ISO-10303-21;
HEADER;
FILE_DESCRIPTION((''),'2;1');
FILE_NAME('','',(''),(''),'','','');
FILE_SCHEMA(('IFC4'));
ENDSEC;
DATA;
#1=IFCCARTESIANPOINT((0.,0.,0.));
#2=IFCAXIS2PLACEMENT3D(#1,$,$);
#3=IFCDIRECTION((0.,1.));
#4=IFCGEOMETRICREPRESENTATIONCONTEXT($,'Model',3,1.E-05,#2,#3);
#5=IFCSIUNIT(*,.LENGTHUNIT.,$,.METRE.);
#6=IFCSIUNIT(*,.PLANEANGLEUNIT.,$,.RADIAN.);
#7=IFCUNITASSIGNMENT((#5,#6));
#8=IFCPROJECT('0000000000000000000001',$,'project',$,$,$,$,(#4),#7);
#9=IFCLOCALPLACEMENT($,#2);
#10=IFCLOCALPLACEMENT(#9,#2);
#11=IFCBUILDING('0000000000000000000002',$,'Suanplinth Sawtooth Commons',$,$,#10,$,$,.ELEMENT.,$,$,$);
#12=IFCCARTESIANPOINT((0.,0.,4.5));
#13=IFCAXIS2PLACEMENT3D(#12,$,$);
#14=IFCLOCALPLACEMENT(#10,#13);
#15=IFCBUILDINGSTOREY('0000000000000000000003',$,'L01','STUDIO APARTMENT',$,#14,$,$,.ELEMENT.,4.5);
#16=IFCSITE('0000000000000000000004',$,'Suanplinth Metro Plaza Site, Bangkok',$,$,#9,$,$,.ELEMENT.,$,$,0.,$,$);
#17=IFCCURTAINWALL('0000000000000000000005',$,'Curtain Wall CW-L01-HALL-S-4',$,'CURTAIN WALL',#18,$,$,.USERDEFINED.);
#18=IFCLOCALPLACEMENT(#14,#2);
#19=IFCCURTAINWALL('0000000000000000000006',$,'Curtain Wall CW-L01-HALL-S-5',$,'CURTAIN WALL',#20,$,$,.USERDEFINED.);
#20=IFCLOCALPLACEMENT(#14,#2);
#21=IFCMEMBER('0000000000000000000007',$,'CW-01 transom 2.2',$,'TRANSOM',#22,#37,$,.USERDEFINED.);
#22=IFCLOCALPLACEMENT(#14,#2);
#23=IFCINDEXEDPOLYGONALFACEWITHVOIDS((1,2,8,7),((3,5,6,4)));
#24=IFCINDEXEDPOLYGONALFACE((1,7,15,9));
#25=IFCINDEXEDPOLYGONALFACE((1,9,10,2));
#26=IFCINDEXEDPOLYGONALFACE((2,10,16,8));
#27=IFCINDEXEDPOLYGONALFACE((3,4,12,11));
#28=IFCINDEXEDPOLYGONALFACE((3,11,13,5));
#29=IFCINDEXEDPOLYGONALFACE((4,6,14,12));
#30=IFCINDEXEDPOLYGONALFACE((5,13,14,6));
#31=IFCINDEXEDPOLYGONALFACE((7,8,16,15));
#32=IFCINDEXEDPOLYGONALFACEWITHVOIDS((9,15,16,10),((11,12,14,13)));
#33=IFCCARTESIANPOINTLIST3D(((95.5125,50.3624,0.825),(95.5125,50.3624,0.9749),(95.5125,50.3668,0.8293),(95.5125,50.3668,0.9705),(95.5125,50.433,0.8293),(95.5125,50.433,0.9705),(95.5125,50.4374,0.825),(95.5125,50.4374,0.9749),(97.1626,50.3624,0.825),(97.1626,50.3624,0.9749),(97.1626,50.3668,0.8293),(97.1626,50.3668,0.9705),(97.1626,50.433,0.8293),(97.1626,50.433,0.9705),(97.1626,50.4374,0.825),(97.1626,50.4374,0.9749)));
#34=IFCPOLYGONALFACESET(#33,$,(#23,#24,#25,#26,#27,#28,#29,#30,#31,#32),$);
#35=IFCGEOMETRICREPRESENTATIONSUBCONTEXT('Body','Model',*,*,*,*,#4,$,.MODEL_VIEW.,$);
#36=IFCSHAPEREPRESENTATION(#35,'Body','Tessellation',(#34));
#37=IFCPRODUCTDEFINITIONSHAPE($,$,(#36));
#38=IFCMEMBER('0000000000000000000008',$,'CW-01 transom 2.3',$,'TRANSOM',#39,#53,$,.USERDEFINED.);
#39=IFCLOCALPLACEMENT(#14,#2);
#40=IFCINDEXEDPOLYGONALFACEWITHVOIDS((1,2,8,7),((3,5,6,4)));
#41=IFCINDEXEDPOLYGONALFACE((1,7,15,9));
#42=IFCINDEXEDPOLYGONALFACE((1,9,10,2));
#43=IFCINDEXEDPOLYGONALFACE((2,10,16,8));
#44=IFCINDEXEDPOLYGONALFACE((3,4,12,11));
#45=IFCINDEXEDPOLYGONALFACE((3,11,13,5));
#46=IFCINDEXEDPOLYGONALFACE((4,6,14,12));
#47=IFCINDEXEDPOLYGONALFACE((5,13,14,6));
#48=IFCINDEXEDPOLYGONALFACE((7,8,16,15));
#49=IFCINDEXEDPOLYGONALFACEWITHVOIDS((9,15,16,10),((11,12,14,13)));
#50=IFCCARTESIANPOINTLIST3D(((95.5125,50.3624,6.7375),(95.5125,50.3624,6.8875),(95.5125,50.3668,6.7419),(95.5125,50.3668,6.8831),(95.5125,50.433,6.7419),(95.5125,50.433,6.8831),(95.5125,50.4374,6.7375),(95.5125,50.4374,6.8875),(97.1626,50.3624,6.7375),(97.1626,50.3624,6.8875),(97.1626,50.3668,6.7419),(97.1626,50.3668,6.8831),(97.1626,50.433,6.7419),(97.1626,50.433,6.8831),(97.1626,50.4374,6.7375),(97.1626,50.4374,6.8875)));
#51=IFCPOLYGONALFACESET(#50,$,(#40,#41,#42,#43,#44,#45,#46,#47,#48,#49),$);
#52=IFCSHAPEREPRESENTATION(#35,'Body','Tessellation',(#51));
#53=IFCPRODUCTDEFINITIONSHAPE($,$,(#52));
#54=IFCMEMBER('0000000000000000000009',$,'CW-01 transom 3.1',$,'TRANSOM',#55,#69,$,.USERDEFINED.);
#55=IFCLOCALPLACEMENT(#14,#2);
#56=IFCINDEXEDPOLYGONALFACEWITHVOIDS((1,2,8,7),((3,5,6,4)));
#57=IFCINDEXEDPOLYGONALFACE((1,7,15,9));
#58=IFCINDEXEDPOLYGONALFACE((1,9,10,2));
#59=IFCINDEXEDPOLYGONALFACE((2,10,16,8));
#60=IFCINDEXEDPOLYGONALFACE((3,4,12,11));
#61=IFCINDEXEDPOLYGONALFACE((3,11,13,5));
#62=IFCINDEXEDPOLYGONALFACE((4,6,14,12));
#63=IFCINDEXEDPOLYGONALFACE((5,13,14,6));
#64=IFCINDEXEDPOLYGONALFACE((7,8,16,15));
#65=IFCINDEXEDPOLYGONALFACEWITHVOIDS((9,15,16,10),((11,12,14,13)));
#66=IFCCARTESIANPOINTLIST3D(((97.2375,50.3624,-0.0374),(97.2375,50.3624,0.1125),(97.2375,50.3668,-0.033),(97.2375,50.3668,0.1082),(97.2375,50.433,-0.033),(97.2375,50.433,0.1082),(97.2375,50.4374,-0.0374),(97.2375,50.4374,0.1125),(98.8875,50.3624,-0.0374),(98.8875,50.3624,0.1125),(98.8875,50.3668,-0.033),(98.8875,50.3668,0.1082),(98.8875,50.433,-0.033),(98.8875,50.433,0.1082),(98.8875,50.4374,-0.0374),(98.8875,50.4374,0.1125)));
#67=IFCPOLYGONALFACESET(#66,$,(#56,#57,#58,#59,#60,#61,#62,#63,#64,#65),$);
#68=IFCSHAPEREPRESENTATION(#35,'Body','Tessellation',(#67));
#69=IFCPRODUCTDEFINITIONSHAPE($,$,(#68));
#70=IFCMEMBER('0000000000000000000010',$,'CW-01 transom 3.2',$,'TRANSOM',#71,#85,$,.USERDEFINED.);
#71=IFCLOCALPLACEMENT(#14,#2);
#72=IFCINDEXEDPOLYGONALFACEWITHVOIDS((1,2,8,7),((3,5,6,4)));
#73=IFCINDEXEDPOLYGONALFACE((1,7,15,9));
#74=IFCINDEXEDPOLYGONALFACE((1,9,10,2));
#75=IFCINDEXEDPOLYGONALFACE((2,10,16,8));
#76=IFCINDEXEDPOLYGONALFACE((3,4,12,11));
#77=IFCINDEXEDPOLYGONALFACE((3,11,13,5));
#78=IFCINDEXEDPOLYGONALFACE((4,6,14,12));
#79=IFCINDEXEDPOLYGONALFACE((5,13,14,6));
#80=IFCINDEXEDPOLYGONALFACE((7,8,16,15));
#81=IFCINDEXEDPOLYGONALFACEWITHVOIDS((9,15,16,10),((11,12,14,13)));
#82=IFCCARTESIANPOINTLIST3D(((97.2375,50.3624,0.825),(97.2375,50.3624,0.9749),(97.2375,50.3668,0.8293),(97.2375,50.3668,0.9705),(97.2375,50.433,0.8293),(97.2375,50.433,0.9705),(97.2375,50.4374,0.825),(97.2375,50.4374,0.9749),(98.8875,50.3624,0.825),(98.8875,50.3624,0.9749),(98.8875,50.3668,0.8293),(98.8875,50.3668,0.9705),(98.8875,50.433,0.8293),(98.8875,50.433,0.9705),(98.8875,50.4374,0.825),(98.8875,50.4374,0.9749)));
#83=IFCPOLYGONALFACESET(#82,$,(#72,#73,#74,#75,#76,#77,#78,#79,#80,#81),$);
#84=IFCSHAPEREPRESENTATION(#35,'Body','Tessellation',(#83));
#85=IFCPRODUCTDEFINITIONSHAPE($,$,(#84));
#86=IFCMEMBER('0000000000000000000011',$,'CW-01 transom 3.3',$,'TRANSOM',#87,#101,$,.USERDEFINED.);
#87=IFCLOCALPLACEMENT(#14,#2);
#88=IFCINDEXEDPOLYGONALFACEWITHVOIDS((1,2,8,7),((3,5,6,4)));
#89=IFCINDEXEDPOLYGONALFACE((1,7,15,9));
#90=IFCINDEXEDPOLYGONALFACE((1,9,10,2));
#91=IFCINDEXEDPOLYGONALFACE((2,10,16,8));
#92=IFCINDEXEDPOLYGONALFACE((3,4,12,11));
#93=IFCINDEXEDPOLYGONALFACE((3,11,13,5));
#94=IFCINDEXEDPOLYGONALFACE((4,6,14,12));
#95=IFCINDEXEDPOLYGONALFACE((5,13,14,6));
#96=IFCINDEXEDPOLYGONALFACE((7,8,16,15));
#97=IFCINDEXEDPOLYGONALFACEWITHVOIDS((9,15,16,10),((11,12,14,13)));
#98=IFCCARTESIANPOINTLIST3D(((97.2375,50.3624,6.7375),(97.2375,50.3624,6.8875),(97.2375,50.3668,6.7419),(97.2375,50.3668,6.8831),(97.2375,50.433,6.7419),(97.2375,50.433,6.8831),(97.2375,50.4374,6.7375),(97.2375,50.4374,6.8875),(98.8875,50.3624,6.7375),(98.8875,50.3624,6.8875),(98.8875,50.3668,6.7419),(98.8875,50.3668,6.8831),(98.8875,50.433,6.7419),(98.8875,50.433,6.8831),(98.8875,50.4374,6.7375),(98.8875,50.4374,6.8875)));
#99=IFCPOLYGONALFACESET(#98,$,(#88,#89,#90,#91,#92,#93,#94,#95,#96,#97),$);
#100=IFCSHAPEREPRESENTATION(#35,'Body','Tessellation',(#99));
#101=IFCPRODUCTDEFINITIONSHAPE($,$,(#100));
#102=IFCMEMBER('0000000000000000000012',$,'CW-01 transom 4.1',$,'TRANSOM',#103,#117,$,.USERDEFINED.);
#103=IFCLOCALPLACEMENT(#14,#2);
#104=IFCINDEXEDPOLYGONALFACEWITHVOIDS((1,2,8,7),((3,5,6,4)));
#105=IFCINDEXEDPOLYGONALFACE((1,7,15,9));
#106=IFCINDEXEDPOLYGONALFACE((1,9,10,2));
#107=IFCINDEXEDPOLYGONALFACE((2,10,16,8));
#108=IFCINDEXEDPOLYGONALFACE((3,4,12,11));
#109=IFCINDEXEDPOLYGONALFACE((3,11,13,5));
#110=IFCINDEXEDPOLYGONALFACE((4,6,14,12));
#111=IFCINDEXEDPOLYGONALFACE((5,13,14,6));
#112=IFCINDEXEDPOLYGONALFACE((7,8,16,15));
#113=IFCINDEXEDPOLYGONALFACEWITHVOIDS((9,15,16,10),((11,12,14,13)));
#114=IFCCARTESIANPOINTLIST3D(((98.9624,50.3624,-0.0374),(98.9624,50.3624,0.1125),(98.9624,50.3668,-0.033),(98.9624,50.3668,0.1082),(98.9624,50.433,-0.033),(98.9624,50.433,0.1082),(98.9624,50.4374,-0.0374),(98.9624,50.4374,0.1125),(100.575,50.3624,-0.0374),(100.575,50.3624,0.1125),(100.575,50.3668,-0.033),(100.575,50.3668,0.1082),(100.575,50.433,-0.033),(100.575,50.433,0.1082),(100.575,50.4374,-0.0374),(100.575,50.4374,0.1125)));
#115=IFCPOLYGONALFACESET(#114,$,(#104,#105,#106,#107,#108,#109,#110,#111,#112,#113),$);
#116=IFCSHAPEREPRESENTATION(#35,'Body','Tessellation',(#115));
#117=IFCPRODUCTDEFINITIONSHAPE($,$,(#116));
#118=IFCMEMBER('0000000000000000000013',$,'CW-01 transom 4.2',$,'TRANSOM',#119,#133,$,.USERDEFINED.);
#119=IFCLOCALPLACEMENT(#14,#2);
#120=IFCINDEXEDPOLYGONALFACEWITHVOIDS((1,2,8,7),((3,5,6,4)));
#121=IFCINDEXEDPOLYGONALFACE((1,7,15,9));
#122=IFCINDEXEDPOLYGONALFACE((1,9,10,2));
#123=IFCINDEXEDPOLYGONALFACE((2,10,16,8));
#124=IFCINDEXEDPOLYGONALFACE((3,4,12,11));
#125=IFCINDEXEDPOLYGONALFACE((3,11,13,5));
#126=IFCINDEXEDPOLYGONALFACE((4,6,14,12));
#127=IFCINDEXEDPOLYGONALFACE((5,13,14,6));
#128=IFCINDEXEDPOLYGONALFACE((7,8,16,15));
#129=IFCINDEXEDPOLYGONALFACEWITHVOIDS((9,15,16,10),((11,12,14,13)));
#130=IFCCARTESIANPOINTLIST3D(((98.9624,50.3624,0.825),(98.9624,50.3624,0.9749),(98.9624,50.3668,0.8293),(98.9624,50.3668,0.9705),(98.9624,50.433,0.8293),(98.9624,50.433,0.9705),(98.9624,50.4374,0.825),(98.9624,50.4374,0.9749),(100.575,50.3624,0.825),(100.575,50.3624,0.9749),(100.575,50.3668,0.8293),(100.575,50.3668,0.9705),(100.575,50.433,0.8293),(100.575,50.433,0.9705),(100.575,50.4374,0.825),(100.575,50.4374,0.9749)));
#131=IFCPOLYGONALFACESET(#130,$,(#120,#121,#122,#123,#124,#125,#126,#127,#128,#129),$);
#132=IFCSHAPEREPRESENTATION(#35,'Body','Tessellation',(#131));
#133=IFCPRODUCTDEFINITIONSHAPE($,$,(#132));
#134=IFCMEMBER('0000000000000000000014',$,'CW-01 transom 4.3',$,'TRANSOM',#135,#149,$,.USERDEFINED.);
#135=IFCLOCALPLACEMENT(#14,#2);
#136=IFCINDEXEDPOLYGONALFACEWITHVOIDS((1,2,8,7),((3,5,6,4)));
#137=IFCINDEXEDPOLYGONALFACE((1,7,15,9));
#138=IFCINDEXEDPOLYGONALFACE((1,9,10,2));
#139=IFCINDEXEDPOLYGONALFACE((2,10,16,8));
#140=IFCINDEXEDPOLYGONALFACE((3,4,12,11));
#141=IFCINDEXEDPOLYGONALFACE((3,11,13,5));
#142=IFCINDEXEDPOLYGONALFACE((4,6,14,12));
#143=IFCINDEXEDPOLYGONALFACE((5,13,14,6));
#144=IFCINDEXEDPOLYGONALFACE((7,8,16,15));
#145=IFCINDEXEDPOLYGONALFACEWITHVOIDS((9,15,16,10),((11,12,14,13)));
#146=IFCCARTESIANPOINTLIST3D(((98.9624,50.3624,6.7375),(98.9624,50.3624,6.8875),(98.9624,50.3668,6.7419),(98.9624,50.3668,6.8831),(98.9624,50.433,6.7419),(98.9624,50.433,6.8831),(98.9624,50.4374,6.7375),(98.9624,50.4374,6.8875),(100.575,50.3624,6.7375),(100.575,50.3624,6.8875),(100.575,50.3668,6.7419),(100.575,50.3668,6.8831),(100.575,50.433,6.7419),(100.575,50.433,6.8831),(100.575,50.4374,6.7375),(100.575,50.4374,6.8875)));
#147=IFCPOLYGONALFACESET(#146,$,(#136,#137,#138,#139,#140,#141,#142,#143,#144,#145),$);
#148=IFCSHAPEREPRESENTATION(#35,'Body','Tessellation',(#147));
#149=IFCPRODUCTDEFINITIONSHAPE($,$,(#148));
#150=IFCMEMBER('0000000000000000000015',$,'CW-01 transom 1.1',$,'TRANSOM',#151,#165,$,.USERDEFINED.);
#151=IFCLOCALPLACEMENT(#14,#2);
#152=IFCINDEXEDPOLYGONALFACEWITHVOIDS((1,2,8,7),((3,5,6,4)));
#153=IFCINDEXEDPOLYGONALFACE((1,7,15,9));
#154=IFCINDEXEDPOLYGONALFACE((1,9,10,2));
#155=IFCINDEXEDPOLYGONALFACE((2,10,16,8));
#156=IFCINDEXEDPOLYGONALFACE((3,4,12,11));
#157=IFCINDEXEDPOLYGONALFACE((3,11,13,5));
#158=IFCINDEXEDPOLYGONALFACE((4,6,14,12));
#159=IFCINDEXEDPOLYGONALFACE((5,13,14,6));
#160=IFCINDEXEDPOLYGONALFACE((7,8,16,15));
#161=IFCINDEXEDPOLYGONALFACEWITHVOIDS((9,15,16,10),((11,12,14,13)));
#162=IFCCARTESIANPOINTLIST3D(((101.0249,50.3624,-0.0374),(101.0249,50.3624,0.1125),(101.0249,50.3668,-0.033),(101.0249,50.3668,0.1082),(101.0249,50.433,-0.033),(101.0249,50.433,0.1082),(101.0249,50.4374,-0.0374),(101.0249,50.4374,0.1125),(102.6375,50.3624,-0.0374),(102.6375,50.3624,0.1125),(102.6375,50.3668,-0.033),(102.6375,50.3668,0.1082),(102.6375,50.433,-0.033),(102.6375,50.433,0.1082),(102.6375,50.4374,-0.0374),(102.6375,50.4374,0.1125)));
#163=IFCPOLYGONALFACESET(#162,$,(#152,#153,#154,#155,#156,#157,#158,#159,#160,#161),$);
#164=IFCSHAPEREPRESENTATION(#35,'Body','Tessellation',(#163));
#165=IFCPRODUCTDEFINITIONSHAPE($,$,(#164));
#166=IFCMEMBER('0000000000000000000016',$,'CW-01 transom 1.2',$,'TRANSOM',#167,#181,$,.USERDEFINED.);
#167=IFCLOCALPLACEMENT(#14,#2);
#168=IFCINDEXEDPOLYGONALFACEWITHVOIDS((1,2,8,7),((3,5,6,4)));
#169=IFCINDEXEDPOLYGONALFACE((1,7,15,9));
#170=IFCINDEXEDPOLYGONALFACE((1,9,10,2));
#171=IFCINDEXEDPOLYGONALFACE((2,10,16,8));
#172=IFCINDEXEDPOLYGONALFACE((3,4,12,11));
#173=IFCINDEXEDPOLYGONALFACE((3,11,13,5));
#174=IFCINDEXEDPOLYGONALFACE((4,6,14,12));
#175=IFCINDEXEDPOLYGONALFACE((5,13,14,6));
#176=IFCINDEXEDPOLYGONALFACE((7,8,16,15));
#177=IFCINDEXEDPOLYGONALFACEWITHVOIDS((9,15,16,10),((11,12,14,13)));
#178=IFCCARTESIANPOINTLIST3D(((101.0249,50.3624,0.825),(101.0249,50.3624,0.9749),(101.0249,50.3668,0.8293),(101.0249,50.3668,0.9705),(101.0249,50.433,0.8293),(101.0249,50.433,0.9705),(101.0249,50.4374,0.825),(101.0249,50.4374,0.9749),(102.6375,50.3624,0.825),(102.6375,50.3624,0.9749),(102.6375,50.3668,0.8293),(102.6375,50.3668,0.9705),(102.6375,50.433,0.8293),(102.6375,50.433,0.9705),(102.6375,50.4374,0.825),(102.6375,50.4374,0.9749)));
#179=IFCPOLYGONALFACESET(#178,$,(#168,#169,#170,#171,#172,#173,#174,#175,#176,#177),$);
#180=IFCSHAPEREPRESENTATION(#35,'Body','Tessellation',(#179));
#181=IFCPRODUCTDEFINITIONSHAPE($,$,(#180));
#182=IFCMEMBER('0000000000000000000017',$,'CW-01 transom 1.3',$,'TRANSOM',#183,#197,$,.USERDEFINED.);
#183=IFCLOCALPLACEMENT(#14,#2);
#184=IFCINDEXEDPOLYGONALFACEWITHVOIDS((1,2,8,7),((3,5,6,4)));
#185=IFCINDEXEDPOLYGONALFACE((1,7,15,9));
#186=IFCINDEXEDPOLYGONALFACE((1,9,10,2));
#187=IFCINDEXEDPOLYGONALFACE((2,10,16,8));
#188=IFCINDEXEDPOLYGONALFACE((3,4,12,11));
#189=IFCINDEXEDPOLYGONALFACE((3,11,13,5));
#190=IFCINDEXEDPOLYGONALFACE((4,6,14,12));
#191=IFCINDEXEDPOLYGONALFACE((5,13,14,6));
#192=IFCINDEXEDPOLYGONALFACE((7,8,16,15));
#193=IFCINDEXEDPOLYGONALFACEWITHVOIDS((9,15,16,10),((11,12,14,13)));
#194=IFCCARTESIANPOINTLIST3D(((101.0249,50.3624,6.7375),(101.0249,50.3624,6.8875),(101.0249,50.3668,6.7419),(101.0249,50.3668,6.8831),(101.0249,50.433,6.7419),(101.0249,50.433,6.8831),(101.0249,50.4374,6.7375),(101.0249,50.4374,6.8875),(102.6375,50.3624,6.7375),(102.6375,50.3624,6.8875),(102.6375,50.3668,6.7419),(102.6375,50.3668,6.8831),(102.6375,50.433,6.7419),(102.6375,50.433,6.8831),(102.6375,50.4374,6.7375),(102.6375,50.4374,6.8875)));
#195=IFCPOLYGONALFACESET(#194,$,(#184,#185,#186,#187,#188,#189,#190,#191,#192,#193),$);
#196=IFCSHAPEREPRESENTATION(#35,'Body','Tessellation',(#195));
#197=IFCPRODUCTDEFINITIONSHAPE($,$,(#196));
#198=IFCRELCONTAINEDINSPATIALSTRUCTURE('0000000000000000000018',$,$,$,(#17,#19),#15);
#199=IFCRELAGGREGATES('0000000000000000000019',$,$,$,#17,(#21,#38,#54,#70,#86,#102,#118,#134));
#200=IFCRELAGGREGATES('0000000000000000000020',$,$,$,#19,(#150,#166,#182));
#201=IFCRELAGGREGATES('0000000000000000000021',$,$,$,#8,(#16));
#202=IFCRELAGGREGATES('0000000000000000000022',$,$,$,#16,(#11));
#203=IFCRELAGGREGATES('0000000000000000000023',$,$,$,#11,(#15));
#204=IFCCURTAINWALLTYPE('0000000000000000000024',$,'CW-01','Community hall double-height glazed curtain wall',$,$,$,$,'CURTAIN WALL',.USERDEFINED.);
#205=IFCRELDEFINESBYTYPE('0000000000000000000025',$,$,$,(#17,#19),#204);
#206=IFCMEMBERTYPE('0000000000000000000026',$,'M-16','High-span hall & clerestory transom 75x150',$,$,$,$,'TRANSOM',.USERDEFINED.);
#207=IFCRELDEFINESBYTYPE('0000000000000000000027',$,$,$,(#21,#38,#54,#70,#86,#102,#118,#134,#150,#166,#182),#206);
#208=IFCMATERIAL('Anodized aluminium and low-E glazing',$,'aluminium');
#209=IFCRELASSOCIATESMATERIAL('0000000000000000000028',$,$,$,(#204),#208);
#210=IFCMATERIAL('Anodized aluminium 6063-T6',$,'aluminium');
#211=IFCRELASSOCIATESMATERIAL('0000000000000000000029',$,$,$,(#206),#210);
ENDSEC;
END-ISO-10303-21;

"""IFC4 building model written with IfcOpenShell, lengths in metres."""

from ifc_helpers import new_model, si_unit, direction, frame, origin, origin_2d, place, context, subcontext, project, spatial, hollow_rectangle, extrude, material, material_profile, profile_set, type_object, element, aggregate, save


model = new_model("IFC4")

# Units and contexts
model_context = context("Model", 3, precision=1e-05, world=origin(), true_north=direction((0.0, 1.0)))
body_context = subcontext(model_context, "Body", "Model", "MODEL_VIEW")
ifc_project = project(units=[si_unit("LENGTHUNIT", "METRE"), si_unit("PLANEANGLEUNIT", "RADIAN")], contexts=[model_context])

# Site, building, storey
site_placement = place(None, origin())
site = spatial("IfcSite", under=ifc_project, at=site_placement, Name="Suanplinth Metro Plaza Site, Bangkok", CompositionType="ELEMENT", RefElevation=0.0)
building_placement = place(site_placement, origin())
building = spatial("IfcBuilding", under=site, at=building_placement, Name="Suanplinth Sawtooth Commons", CompositionType="ELEMENT")
storey_placement = place(building_placement, frame((0.0, 0.0, 4.5)))
storey = spatial("IfcBuildingStorey", under=building, at=storey_placement, Name="L01", Description="STUDIO APARTMENT", CompositionType="ELEMENT", Elevation=4.5)

# Curtain walls
ifc_material_1 = material(Name="Anodized aluminium and low-E glazing", Category="aluminium")
curtain_wall_type = type_object("IfcCurtainWallType", Name="CW-01", Description="Community hall double-height glazed curtain wall", ElementType="CURTAIN WALL", PredefinedType="USERDEFINED", material=ifc_material_1)
curtain_wall_1_placement = place(storey_placement, origin())
curtain_wall_1 = element("IfcCurtainWall", 1, at=curtain_wall_1_placement, inside=storey, type_object=curtain_wall_type, Name="Curtain Wall CW-L01-HALL-S-4", ObjectType="CURTAIN WALL", PredefinedType="USERDEFINED")
ifc_material_2 = material(Name="Anodized aluminium 6063-T6", Category="aluminium")
curtain_wall_2_placement = place(storey_placement, origin())
curtain_wall_2 = element("IfcCurtainWall", 2, at=curtain_wall_2_placement, inside=storey, type_object=curtain_wall_type, Name="Curtain Wall CW-L01-HALL-S-5", ObjectType="CURTAIN WALL", PredefinedType="USERDEFINED")

# Members
ifc_material_profile_1 = material_profile(ifc_material_2, hollow_rectangle(XDim=0.075, YDim=0.1499, WallThickness=0.0044, at=origin_2d()), Name="ALU-TRN 75x150")
ifc_profile_set_1 = profile_set([ifc_material_profile_1], Name="Anodized aluminium 6063-T6")
member_type_1 = type_object("IfcMemberType", Name="M-16", Description="High-span hall & clerestory transom 75x150", ElementType="TRANSOM", PredefinedType="USERDEFINED", material=ifc_profile_set_1)
member_1_placement = place(storey_placement, frame((95.5125, 50.3999, 0.8999), z_axis=(1.0, 0.0, 0.0), x_axis=(0.0, 1.0, 0.0)))
member_1 = element("IfcMember", 3, at=member_1_placement, type_object=member_type_1, Name="CW-01 transom 2.2", ObjectType="TRANSOM", PredefinedType="USERDEFINED", context=body_context, shape_type="SweptSolid", body=[
    extrude(hollow_rectangle(XDim=0.075, YDim=0.1499, WallThickness=0.0044, at=origin_2d()), origin(), (0.0, 0.0, 1.0), 1.6501),
])
member_2_placement = place(storey_placement, frame((95.5125, 50.3999, 6.8125), z_axis=(1.0, 0.0, 0.0), x_axis=(0.0, 1.0, 0.0)))
member_2 = element("IfcMember", 4, at=member_2_placement, type_object=member_type_1, Name="CW-01 transom 2.3", ObjectType="TRANSOM", PredefinedType="USERDEFINED", context=body_context, shape_type="SweptSolid", body=[
    extrude(hollow_rectangle(XDim=0.075, YDim=0.1499, WallThickness=0.0044, at=origin_2d()), origin(), (0.0, 0.0, 1.0), 1.6501),
])
member_3_placement = place(storey_placement, frame((97.2375, 50.3999, 0.0376), z_axis=(1.0, 0.0, 0.0), x_axis=(0.0, 1.0, 0.0)))
member_3 = element("IfcMember", 5, at=member_3_placement, type_object=member_type_1, Name="CW-01 transom 3.1", ObjectType="TRANSOM", PredefinedType="USERDEFINED", context=body_context, shape_type="SweptSolid", body=[
    extrude(hollow_rectangle(XDim=0.075, YDim=0.1499, WallThickness=0.0044, at=origin_2d()), origin(), (0.0, 0.0, 1.0), 1.6499),
])
member_4_placement = place(storey_placement, frame((97.2375, 50.3999, 0.8999), z_axis=(1.0, 0.0, 0.0), x_axis=(0.0, 1.0, 0.0)))
member_4 = element("IfcMember", 6, at=member_4_placement, type_object=member_type_1, Name="CW-01 transom 3.2", ObjectType="TRANSOM", PredefinedType="USERDEFINED", context=body_context, shape_type="SweptSolid", body=[
    extrude(hollow_rectangle(XDim=0.075, YDim=0.1499, WallThickness=0.0044, at=origin_2d()), origin(), (0.0, 0.0, 1.0), 1.6499),
])
member_5_placement = place(storey_placement, frame((97.2375, 50.3999, 6.8125), z_axis=(1.0, 0.0, 0.0), x_axis=(0.0, 1.0, 0.0)))
member_5 = element("IfcMember", 7, at=member_5_placement, type_object=member_type_1, Name="CW-01 transom 3.3", ObjectType="TRANSOM", PredefinedType="USERDEFINED", context=body_context, shape_type="SweptSolid", body=[
    extrude(hollow_rectangle(XDim=0.075, YDim=0.1499, WallThickness=0.0044, at=origin_2d()), origin(), (0.0, 0.0, 1.0), 1.6499),
])
member_6_placement = place(storey_placement, frame((98.9624, 50.3999, 0.0376), z_axis=(1.0, 0.0, 0.0), x_axis=(0.0, 1.0, 0.0)))
member_6 = element("IfcMember", 8, at=member_6_placement, type_object=member_type_1, Name="CW-01 transom 4.1", ObjectType="TRANSOM", PredefinedType="USERDEFINED", context=body_context, shape_type="SweptSolid", body=[
    extrude(hollow_rectangle(XDim=0.075, YDim=0.1499, WallThickness=0.0044, at=origin_2d()), origin(), (0.0, 0.0, 1.0), 1.6125),
])
member_7_placement = place(storey_placement, frame((98.9624, 50.3999, 0.8999), z_axis=(1.0, 0.0, 0.0), x_axis=(0.0, 1.0, 0.0)))
member_7 = element("IfcMember", 9, at=member_7_placement, type_object=member_type_1, Name="CW-01 transom 4.2", ObjectType="TRANSOM", PredefinedType="USERDEFINED", context=body_context, shape_type="SweptSolid", body=[
    extrude(hollow_rectangle(XDim=0.075, YDim=0.1499, WallThickness=0.0044, at=origin_2d()), origin(), (0.0, 0.0, 1.0), 1.6125),
])
member_8_placement = place(storey_placement, frame((98.9624, 50.3999, 6.8125), z_axis=(1.0, 0.0, 0.0), x_axis=(0.0, 1.0, 0.0)))
member_8 = element("IfcMember", 10, at=member_8_placement, type_object=member_type_1, Name="CW-01 transom 4.3", ObjectType="TRANSOM", PredefinedType="USERDEFINED", context=body_context, shape_type="SweptSolid", body=[
    extrude(hollow_rectangle(XDim=0.075, YDim=0.1499, WallThickness=0.0044, at=origin_2d()), origin(), (0.0, 0.0, 1.0), 1.6125),
])
member_9_placement = place(storey_placement, frame((101.0249, 50.3999, 0.0376), z_axis=(1.0, 0.0, 0.0), x_axis=(0.0, 1.0, 0.0)))
member_9 = element("IfcMember", 11, at=member_9_placement, type_object=member_type_1, Name="CW-01 transom 1.1", ObjectType="TRANSOM", PredefinedType="USERDEFINED", context=body_context, shape_type="SweptSolid", body=[
    extrude(hollow_rectangle(XDim=0.075, YDim=0.1499, WallThickness=0.0044, at=origin_2d()), origin(), (0.0, 0.0, 1.0), 1.6125),
])
member_10_placement = place(storey_placement, frame((101.0249, 50.3999, 0.8999), z_axis=(1.0, 0.0, 0.0), x_axis=(0.0, 1.0, 0.0)))
member_10 = element("IfcMember", 12, at=member_10_placement, type_object=member_type_1, Name="CW-01 transom 1.2", ObjectType="TRANSOM", PredefinedType="USERDEFINED", context=body_context, shape_type="SweptSolid", body=[
    extrude(hollow_rectangle(XDim=0.075, YDim=0.1499, WallThickness=0.0044, at=origin_2d()), origin(), (0.0, 0.0, 1.0), 1.6125),
])
member_11_placement = place(storey_placement, frame((101.0249, 50.3999, 6.8125), z_axis=(1.0, 0.0, 0.0), x_axis=(0.0, 1.0, 0.0)))
member_11 = element("IfcMember", 13, at=member_11_placement, type_object=member_type_1, Name="CW-01 transom 1.3", ObjectType="TRANSOM", PredefinedType="USERDEFINED", context=body_context, shape_type="SweptSolid", body=[
    extrude(hollow_rectangle(XDim=0.075, YDim=0.1499, WallThickness=0.0044, at=origin_2d()), origin(), (0.0, 0.0, 1.0), 1.6125),
])

aggregate(curtain_wall_1, [member_1, member_2, member_3, member_4, member_5, member_6, member_7, member_8])
aggregate(curtain_wall_2, [member_9, member_10, member_11])

save(model, "model.ifc")
